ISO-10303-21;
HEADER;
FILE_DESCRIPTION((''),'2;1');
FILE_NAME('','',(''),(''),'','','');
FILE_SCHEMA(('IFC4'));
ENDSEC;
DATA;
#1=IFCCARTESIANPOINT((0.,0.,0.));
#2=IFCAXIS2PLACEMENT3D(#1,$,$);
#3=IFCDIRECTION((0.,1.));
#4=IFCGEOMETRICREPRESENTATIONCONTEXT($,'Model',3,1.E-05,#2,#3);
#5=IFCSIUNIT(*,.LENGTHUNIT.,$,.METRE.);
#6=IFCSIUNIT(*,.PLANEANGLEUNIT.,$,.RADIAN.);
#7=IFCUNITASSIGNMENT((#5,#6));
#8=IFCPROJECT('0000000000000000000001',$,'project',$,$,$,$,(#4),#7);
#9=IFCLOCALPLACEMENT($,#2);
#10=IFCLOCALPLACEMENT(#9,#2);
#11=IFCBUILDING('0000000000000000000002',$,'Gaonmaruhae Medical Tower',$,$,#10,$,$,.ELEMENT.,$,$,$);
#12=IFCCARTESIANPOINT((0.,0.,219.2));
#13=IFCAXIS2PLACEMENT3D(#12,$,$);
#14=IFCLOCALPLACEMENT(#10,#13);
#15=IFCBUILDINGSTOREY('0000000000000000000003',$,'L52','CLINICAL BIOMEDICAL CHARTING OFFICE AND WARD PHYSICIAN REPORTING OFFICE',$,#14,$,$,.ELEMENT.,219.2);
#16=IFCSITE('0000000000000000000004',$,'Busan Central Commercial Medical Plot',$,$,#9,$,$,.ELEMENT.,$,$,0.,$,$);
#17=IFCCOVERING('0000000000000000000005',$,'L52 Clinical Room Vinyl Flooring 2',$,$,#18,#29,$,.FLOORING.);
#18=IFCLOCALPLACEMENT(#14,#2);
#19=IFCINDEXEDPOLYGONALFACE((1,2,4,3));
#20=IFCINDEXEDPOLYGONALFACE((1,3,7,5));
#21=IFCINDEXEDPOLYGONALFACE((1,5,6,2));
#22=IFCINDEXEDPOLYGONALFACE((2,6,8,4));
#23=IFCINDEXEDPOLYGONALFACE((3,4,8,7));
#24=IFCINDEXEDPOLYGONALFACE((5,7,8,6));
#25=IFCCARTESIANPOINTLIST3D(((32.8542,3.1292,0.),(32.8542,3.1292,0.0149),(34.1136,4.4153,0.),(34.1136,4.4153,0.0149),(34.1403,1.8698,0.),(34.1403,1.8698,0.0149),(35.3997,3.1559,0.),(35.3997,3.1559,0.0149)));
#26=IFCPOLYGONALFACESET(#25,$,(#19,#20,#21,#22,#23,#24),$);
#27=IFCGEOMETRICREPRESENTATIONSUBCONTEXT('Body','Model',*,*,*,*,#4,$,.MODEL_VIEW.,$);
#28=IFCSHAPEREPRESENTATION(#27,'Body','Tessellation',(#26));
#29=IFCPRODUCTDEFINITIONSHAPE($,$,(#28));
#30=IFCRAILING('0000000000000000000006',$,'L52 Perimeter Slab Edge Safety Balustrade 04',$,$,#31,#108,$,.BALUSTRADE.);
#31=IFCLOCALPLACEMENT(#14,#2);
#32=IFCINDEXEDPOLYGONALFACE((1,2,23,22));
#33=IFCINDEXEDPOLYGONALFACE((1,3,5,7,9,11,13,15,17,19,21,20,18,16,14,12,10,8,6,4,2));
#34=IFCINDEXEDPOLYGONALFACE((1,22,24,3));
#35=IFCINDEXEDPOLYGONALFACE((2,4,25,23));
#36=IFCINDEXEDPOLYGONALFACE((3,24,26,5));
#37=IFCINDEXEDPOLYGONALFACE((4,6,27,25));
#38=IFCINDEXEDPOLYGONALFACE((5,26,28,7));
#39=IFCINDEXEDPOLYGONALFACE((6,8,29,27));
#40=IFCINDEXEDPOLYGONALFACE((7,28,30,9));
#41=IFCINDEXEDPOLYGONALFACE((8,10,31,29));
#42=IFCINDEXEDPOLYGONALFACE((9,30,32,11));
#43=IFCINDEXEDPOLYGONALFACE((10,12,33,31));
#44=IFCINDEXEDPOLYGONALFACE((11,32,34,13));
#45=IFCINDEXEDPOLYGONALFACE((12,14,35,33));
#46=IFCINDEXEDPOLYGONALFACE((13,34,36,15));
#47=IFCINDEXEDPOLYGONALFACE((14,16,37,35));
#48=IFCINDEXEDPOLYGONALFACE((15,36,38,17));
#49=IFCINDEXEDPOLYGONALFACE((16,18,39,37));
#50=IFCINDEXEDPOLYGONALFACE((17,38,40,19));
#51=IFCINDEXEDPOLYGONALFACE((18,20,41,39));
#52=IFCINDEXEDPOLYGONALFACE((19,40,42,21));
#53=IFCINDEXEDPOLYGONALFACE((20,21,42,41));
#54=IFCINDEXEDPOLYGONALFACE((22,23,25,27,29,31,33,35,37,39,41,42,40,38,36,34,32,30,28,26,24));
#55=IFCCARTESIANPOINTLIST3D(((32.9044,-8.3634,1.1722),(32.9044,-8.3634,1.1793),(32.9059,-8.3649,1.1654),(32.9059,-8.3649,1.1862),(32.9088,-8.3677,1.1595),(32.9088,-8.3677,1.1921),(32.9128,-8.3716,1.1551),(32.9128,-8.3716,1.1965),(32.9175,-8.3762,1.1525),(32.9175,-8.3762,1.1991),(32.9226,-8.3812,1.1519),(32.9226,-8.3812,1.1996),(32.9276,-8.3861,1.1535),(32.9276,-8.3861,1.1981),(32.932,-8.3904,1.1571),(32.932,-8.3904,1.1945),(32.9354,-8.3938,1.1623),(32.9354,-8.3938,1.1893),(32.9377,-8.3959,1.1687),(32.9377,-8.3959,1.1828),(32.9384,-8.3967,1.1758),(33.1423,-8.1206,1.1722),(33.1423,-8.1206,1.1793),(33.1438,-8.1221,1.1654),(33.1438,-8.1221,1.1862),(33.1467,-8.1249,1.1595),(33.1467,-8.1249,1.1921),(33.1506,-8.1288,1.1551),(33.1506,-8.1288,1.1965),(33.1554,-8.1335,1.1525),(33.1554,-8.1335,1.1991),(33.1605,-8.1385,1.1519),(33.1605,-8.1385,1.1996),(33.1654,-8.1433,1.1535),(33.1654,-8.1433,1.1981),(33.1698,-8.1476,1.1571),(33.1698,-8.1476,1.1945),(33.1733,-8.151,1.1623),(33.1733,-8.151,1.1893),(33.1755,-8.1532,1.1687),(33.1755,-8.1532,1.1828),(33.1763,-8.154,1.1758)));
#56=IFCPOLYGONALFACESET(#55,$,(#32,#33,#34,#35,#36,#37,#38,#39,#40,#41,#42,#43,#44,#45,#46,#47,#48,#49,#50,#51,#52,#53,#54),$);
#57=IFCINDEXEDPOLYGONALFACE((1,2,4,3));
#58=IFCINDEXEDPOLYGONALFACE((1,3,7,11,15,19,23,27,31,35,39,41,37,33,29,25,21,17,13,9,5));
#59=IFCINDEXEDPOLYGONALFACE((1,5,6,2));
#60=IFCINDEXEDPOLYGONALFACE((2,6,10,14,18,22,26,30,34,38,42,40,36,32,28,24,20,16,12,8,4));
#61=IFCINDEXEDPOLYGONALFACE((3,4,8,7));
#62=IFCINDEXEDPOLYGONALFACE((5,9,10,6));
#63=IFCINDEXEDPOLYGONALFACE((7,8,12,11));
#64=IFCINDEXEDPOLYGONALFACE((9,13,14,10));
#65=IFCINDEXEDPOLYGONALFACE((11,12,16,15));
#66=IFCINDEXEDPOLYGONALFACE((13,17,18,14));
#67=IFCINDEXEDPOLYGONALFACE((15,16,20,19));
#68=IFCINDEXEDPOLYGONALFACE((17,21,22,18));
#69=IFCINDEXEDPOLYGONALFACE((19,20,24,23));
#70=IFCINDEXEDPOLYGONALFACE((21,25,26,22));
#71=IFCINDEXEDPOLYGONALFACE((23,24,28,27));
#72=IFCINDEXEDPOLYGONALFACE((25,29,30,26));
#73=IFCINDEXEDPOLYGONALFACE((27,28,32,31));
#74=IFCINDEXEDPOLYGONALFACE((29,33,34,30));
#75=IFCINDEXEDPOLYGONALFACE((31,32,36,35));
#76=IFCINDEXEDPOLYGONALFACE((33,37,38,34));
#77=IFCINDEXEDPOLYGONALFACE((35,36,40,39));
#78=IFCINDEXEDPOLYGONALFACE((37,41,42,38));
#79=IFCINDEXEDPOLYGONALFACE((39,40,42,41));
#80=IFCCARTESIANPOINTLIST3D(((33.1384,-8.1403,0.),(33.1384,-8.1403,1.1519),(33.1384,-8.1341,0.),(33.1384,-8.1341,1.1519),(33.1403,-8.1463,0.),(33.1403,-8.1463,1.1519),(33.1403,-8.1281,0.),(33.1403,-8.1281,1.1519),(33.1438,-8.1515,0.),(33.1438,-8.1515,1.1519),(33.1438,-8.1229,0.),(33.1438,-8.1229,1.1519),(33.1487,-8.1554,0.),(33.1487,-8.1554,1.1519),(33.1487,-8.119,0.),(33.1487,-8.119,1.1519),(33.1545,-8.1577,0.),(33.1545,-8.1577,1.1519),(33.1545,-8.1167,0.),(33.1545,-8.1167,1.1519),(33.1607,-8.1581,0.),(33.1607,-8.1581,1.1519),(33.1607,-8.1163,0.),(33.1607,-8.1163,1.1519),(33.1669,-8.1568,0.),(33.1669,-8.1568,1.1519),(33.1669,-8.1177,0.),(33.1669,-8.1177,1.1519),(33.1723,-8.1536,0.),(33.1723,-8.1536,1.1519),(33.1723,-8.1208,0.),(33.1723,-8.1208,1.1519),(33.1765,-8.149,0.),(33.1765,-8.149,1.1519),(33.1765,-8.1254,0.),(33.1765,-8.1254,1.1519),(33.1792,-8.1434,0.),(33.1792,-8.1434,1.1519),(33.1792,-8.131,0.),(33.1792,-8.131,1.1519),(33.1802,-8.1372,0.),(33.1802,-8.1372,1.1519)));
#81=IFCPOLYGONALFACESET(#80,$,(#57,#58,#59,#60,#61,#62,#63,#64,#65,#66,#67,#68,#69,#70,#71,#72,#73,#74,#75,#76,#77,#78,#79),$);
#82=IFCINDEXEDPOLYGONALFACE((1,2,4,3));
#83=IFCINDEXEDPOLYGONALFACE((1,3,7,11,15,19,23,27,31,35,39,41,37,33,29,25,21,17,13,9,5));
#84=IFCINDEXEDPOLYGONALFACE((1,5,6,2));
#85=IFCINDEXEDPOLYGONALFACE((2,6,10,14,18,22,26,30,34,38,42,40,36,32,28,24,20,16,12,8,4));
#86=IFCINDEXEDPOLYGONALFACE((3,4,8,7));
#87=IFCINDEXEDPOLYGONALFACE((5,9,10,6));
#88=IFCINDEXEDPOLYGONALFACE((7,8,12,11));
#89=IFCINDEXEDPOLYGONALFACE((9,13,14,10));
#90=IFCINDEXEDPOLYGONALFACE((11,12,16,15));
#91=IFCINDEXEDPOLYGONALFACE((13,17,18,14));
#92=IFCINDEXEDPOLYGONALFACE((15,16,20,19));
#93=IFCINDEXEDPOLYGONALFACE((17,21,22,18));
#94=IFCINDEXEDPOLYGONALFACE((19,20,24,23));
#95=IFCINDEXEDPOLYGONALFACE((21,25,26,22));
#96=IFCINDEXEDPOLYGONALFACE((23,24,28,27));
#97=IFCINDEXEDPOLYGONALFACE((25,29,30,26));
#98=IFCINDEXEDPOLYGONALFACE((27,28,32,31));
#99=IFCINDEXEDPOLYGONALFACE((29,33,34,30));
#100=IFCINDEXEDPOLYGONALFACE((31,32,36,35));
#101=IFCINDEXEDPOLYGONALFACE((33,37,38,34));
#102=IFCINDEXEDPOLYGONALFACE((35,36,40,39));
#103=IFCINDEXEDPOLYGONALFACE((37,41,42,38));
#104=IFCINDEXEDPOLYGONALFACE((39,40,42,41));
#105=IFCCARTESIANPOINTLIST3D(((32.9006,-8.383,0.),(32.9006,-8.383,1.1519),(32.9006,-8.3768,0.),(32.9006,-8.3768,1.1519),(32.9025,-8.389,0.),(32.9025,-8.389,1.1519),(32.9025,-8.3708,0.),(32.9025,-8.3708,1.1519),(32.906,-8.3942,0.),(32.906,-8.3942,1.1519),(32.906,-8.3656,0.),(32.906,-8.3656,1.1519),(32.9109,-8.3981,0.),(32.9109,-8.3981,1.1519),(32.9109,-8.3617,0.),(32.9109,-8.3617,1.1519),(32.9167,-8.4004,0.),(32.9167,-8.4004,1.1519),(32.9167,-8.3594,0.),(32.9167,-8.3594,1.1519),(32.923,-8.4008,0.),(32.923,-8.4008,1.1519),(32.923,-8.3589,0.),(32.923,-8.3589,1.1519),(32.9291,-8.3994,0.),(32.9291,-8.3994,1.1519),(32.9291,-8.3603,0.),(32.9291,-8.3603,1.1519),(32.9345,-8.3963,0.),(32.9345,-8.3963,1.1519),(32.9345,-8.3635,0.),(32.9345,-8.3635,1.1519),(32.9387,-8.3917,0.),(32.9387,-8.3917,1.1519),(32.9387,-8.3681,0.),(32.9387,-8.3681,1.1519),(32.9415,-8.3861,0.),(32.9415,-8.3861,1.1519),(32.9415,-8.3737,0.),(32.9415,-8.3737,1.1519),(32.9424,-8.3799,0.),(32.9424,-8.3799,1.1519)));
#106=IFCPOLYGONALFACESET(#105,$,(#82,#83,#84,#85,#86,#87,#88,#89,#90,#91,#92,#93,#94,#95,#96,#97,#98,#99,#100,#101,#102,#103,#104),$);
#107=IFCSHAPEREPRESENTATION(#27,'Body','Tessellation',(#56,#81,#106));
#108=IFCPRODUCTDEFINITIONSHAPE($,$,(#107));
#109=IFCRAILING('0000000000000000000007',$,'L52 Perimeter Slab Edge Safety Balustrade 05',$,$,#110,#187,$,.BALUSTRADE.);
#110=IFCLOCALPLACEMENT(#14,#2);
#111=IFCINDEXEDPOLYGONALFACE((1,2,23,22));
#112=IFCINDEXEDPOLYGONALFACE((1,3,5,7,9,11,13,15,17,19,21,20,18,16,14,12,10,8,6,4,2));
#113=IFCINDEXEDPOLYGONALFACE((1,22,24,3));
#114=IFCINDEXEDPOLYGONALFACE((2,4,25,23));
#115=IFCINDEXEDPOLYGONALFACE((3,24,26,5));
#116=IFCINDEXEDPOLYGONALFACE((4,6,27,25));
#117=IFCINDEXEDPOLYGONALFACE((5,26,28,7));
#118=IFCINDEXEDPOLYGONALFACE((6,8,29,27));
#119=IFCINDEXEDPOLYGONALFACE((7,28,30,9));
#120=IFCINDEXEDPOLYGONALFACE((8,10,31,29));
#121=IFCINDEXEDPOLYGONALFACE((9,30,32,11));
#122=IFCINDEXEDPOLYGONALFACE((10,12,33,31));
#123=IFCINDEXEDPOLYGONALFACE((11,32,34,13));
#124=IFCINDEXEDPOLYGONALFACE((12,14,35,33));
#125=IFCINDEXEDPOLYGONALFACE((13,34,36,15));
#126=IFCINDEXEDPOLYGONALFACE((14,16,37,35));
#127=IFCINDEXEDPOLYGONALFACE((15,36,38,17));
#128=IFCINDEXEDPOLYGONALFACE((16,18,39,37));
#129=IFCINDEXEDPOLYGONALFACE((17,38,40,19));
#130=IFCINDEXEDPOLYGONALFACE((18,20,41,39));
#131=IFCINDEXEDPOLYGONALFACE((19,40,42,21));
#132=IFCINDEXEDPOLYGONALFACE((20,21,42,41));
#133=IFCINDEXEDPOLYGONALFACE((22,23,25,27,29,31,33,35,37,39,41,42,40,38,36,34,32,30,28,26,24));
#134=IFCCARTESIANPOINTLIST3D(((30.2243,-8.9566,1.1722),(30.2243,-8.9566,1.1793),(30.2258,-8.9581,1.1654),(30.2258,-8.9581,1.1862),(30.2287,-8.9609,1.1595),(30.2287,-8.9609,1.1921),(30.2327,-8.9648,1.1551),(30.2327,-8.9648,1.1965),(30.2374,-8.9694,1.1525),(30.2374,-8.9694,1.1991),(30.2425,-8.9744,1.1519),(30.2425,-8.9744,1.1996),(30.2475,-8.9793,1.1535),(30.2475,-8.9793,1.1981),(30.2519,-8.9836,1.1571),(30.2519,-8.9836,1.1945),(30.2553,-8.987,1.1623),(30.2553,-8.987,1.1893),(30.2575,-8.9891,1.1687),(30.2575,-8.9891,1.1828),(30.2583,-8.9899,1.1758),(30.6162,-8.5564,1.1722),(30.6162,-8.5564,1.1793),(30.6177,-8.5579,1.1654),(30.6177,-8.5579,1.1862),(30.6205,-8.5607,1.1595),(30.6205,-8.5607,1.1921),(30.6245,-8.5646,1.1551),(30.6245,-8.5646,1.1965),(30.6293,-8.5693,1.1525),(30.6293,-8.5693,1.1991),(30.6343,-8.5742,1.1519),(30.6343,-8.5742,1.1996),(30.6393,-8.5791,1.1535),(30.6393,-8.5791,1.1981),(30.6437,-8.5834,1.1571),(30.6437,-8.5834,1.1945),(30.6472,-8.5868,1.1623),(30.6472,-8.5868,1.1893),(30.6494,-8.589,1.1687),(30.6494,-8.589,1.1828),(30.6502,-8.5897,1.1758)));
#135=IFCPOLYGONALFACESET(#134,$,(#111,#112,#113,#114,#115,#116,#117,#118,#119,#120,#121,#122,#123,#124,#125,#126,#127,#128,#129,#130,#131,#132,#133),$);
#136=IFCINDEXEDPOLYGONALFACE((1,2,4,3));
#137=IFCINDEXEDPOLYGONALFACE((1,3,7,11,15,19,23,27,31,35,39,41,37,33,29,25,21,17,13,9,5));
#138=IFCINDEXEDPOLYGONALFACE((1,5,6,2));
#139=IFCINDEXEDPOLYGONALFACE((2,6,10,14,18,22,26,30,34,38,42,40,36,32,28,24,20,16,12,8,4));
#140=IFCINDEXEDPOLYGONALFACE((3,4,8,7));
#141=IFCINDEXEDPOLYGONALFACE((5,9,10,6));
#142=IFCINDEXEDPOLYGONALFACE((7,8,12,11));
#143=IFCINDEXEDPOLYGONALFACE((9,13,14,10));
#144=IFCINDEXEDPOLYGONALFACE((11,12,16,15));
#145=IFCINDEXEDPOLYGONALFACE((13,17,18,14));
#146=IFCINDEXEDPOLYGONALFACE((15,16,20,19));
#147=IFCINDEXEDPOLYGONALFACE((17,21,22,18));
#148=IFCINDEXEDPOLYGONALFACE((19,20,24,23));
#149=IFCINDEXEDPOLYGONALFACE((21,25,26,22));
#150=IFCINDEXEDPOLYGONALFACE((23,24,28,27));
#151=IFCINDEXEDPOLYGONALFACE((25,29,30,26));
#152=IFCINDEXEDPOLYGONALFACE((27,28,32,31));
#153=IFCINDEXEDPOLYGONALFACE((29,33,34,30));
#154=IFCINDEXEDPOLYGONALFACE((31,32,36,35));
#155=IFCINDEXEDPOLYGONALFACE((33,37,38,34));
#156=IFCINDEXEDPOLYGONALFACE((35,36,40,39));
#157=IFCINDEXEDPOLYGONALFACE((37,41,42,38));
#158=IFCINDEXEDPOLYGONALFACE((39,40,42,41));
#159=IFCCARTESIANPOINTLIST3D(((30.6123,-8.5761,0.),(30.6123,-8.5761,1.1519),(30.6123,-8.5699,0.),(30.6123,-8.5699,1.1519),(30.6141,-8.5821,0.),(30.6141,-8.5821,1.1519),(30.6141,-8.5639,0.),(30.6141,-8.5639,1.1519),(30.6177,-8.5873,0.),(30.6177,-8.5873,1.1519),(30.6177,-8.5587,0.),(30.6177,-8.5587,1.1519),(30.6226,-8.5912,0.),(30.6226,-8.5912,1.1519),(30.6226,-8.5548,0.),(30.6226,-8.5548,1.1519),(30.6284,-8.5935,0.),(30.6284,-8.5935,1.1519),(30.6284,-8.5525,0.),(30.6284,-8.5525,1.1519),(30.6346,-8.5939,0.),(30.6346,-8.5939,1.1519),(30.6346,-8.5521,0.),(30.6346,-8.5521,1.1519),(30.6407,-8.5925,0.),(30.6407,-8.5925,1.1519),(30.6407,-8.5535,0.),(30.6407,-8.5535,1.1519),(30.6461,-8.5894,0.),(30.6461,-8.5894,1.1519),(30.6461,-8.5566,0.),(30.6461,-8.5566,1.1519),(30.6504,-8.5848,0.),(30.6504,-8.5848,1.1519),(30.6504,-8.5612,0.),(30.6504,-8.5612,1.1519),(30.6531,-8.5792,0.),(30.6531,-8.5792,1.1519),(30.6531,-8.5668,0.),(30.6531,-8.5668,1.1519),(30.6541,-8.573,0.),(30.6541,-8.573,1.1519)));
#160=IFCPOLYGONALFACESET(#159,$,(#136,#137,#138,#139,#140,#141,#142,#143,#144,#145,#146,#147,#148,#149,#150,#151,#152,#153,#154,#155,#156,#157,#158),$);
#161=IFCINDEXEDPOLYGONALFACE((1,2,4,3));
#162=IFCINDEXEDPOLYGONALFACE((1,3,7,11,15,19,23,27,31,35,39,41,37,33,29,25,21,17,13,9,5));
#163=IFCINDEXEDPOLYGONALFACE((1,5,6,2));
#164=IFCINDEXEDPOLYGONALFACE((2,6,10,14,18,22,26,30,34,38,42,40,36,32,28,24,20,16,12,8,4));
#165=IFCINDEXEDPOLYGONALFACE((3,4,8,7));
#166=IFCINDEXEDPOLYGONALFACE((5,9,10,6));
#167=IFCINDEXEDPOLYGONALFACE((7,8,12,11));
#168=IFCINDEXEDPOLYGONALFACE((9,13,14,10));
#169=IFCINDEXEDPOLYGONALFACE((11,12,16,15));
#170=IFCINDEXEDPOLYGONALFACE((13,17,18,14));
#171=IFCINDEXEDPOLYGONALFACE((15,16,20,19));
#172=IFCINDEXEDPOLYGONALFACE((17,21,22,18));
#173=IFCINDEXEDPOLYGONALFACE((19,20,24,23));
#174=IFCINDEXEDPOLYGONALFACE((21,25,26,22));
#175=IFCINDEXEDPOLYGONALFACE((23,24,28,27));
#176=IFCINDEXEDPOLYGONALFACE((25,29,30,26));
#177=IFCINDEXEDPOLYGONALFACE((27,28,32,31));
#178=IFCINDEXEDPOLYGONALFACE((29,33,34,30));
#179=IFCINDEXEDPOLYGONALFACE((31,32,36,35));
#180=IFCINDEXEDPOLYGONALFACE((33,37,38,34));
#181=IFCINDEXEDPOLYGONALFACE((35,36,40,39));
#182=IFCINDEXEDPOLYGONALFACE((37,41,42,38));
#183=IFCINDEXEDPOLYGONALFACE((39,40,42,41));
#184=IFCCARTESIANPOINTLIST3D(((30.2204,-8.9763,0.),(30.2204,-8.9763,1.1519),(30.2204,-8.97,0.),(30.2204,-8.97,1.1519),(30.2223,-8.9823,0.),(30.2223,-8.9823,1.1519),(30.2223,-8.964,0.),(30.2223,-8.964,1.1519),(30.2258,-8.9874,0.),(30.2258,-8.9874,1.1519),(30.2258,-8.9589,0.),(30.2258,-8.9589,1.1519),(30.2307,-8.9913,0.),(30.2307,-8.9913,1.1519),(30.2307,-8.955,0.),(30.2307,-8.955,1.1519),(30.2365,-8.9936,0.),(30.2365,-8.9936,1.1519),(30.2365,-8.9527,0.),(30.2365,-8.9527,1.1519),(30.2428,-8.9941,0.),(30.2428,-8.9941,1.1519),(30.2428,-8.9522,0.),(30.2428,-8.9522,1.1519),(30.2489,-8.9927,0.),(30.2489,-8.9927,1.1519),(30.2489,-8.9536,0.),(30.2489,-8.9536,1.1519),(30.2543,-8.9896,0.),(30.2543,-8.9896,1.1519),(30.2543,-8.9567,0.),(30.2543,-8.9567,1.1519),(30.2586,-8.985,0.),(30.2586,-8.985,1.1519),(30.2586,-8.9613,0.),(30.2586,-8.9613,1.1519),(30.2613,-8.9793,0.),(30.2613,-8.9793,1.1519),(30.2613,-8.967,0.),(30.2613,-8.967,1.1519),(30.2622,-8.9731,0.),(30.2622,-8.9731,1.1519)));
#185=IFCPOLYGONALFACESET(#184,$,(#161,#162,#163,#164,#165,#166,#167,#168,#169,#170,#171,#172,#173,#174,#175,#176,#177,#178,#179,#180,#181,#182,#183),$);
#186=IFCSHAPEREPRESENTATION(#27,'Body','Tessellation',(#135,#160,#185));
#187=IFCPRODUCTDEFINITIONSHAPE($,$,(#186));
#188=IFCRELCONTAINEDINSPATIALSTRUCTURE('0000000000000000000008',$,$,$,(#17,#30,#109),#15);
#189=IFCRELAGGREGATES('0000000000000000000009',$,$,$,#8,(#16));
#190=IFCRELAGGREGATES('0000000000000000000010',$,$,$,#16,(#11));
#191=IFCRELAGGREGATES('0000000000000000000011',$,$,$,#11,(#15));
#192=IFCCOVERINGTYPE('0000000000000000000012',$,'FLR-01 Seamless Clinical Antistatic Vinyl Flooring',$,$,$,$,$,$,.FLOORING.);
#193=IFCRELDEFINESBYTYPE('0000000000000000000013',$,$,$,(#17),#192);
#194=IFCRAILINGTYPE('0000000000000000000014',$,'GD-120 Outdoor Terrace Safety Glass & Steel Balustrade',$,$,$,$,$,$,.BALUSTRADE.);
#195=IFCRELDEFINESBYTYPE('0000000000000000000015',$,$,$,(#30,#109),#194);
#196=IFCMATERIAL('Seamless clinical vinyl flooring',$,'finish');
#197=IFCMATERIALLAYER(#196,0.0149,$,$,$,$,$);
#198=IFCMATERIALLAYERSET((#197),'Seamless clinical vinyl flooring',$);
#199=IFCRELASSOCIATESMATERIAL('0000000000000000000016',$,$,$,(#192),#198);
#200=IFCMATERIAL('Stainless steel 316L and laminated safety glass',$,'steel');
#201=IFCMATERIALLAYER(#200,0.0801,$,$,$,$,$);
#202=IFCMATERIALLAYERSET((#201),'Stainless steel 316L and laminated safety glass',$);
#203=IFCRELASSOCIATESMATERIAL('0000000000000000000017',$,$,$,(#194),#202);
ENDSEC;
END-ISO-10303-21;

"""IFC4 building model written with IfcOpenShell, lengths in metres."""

from ifc_helpers import new_model, si_unit, direction, frame, origin, origin_2d, place, context, subcontext, project, spatial, rectangle, circle, extrude, material, layer, layer_set, type_object, element, save


model = new_model("IFC4")

# Units and contexts
model_context = context("Model", 3, precision=1e-05, world=origin(), true_north=direction((0.0, 1.0)))
body_context = subcontext(model_context, "Body", "Model", "MODEL_VIEW")
ifc_project = project(units=[si_unit("LENGTHUNIT", "METRE"), si_unit("PLANEANGLEUNIT", "RADIAN")], contexts=[model_context])

# Site, building, storey
site_placement = place(None, origin())
site = spatial("IfcSite", under=ifc_project, at=site_placement, Name="Busan Central Commercial Medical Plot", CompositionType="ELEMENT", RefElevation=0.0)
building_placement = place(site_placement, origin())
building = spatial("IfcBuilding", under=site, at=building_placement, Name="Gaonmaruhae Medical Tower", CompositionType="ELEMENT")
storey_placement = place(building_placement, frame((0.0, 0.0, 219.2)))
storey = spatial("IfcBuildingStorey", under=building, at=storey_placement, Name="L52", Description="CLINICAL BIOMEDICAL CHARTING OFFICE AND WARD PHYSICIAN REPORTING OFFICE", CompositionType="ELEMENT", Elevation=219.2)

# Covering
ifc_material_1 = material(Name="Seamless clinical vinyl flooring", Category="finish")
ifc_layer_1 = layer(ifc_material_1, 0.0149)
ifc_layer_set_1 = layer_set([ifc_layer_1], Name="Seamless clinical vinyl flooring")
covering_type_1 = type_object("IfcCoveringType", Name="FLR-01 Seamless Clinical Antistatic Vinyl Flooring", PredefinedType="FLOORING", material=ifc_layer_set_1)
covering_1_placement = place(storey_placement, frame((34.127, 3.1426, 0.0), z_axis=(0.0, 0.0, 1.0), x_axis=(0.699663, 0.714473, 0.0)))
element("IfcCovering", 1, at=covering_1_placement, inside=storey, type_object=covering_type_1, Name="L52 Clinical Room Vinyl Flooring 2", PredefinedType="FLOORING", context=body_context, shape_type="SweptSolid", body=[
    extrude(rectangle(XDim=1.8, YDim=1.8, at=origin_2d()), origin(), (0.0, 0.0, 1.0), 0.0149),
])

# Railings
ifc_material_2 = material(Name="Stainless steel 316L and laminated safety glass", Category="steel")
ifc_layer_2 = layer(ifc_material_2, 0.0801)
ifc_layer_set_2 = layer_set([ifc_layer_2], Name="Stainless steel 316L and laminated safety glass")
railing_type = type_object("IfcRailingType", Name="GD-120 Outdoor Terrace Safety Glass & Steel Balustrade", PredefinedType="BALUSTRADE", material=ifc_layer_set_2)
railing_1_placement = place(storey_placement, frame((33.1592, -8.1372, 0.0)))
element("IfcRailing", 2, at=railing_1_placement, inside=storey, type_object=railing_type, Name="L52 Perimeter Slab Edge Safety Balustrade 04", PredefinedType="BALUSTRADE", context=body_context, shape_type="SweptSolid", body=[
    extrude(circle(Radius=0.0239, at=origin_2d()), frame((0.0, 0.0, 1.1758), z_axis=(-0.699885, -0.714256, 0.0), x_axis=(0.714256, -0.699885, 0.0)), (0.0, 0.0, 1.0), 0.3398),
    extrude(circle(Radius=0.021, at=origin_2d()), origin(), (0.0, 0.0, 1.0), 1.1519),
    extrude(circle(Radius=0.021, at=origin_2d()), frame((-0.2378, -0.2427, 0.0)), (0.0, 0.0, 1.0), 1.1519),
])
railing_2_placement = place(storey_placement, frame((30.6331, -8.573, 0.0)))
element("IfcRailing", 3, at=railing_2_placement, inside=storey, type_object=railing_type, Name="L52 Perimeter Slab Edge Safety Balustrade 05", PredefinedType="BALUSTRADE", context=body_context, shape_type="SweptSolid", body=[
    extrude(circle(Radius=0.0239, at=origin_2d()), frame((0.0, 0.0, 1.1758), z_axis=(-0.699657, -0.714479, 0.0), x_axis=(0.714479, -0.699657, 0.0)), (0.0, 0.0, 1.0), 0.5601),
    extrude(circle(Radius=0.021, at=origin_2d()), origin(), (0.0, 0.0, 1.0), 1.1519),
    extrude(circle(Radius=0.021, at=origin_2d()), frame((-0.3918, -0.4001, 0.0)), (0.0, 0.0, 1.0), 1.1519),
])

save(model, "model.ifc")
